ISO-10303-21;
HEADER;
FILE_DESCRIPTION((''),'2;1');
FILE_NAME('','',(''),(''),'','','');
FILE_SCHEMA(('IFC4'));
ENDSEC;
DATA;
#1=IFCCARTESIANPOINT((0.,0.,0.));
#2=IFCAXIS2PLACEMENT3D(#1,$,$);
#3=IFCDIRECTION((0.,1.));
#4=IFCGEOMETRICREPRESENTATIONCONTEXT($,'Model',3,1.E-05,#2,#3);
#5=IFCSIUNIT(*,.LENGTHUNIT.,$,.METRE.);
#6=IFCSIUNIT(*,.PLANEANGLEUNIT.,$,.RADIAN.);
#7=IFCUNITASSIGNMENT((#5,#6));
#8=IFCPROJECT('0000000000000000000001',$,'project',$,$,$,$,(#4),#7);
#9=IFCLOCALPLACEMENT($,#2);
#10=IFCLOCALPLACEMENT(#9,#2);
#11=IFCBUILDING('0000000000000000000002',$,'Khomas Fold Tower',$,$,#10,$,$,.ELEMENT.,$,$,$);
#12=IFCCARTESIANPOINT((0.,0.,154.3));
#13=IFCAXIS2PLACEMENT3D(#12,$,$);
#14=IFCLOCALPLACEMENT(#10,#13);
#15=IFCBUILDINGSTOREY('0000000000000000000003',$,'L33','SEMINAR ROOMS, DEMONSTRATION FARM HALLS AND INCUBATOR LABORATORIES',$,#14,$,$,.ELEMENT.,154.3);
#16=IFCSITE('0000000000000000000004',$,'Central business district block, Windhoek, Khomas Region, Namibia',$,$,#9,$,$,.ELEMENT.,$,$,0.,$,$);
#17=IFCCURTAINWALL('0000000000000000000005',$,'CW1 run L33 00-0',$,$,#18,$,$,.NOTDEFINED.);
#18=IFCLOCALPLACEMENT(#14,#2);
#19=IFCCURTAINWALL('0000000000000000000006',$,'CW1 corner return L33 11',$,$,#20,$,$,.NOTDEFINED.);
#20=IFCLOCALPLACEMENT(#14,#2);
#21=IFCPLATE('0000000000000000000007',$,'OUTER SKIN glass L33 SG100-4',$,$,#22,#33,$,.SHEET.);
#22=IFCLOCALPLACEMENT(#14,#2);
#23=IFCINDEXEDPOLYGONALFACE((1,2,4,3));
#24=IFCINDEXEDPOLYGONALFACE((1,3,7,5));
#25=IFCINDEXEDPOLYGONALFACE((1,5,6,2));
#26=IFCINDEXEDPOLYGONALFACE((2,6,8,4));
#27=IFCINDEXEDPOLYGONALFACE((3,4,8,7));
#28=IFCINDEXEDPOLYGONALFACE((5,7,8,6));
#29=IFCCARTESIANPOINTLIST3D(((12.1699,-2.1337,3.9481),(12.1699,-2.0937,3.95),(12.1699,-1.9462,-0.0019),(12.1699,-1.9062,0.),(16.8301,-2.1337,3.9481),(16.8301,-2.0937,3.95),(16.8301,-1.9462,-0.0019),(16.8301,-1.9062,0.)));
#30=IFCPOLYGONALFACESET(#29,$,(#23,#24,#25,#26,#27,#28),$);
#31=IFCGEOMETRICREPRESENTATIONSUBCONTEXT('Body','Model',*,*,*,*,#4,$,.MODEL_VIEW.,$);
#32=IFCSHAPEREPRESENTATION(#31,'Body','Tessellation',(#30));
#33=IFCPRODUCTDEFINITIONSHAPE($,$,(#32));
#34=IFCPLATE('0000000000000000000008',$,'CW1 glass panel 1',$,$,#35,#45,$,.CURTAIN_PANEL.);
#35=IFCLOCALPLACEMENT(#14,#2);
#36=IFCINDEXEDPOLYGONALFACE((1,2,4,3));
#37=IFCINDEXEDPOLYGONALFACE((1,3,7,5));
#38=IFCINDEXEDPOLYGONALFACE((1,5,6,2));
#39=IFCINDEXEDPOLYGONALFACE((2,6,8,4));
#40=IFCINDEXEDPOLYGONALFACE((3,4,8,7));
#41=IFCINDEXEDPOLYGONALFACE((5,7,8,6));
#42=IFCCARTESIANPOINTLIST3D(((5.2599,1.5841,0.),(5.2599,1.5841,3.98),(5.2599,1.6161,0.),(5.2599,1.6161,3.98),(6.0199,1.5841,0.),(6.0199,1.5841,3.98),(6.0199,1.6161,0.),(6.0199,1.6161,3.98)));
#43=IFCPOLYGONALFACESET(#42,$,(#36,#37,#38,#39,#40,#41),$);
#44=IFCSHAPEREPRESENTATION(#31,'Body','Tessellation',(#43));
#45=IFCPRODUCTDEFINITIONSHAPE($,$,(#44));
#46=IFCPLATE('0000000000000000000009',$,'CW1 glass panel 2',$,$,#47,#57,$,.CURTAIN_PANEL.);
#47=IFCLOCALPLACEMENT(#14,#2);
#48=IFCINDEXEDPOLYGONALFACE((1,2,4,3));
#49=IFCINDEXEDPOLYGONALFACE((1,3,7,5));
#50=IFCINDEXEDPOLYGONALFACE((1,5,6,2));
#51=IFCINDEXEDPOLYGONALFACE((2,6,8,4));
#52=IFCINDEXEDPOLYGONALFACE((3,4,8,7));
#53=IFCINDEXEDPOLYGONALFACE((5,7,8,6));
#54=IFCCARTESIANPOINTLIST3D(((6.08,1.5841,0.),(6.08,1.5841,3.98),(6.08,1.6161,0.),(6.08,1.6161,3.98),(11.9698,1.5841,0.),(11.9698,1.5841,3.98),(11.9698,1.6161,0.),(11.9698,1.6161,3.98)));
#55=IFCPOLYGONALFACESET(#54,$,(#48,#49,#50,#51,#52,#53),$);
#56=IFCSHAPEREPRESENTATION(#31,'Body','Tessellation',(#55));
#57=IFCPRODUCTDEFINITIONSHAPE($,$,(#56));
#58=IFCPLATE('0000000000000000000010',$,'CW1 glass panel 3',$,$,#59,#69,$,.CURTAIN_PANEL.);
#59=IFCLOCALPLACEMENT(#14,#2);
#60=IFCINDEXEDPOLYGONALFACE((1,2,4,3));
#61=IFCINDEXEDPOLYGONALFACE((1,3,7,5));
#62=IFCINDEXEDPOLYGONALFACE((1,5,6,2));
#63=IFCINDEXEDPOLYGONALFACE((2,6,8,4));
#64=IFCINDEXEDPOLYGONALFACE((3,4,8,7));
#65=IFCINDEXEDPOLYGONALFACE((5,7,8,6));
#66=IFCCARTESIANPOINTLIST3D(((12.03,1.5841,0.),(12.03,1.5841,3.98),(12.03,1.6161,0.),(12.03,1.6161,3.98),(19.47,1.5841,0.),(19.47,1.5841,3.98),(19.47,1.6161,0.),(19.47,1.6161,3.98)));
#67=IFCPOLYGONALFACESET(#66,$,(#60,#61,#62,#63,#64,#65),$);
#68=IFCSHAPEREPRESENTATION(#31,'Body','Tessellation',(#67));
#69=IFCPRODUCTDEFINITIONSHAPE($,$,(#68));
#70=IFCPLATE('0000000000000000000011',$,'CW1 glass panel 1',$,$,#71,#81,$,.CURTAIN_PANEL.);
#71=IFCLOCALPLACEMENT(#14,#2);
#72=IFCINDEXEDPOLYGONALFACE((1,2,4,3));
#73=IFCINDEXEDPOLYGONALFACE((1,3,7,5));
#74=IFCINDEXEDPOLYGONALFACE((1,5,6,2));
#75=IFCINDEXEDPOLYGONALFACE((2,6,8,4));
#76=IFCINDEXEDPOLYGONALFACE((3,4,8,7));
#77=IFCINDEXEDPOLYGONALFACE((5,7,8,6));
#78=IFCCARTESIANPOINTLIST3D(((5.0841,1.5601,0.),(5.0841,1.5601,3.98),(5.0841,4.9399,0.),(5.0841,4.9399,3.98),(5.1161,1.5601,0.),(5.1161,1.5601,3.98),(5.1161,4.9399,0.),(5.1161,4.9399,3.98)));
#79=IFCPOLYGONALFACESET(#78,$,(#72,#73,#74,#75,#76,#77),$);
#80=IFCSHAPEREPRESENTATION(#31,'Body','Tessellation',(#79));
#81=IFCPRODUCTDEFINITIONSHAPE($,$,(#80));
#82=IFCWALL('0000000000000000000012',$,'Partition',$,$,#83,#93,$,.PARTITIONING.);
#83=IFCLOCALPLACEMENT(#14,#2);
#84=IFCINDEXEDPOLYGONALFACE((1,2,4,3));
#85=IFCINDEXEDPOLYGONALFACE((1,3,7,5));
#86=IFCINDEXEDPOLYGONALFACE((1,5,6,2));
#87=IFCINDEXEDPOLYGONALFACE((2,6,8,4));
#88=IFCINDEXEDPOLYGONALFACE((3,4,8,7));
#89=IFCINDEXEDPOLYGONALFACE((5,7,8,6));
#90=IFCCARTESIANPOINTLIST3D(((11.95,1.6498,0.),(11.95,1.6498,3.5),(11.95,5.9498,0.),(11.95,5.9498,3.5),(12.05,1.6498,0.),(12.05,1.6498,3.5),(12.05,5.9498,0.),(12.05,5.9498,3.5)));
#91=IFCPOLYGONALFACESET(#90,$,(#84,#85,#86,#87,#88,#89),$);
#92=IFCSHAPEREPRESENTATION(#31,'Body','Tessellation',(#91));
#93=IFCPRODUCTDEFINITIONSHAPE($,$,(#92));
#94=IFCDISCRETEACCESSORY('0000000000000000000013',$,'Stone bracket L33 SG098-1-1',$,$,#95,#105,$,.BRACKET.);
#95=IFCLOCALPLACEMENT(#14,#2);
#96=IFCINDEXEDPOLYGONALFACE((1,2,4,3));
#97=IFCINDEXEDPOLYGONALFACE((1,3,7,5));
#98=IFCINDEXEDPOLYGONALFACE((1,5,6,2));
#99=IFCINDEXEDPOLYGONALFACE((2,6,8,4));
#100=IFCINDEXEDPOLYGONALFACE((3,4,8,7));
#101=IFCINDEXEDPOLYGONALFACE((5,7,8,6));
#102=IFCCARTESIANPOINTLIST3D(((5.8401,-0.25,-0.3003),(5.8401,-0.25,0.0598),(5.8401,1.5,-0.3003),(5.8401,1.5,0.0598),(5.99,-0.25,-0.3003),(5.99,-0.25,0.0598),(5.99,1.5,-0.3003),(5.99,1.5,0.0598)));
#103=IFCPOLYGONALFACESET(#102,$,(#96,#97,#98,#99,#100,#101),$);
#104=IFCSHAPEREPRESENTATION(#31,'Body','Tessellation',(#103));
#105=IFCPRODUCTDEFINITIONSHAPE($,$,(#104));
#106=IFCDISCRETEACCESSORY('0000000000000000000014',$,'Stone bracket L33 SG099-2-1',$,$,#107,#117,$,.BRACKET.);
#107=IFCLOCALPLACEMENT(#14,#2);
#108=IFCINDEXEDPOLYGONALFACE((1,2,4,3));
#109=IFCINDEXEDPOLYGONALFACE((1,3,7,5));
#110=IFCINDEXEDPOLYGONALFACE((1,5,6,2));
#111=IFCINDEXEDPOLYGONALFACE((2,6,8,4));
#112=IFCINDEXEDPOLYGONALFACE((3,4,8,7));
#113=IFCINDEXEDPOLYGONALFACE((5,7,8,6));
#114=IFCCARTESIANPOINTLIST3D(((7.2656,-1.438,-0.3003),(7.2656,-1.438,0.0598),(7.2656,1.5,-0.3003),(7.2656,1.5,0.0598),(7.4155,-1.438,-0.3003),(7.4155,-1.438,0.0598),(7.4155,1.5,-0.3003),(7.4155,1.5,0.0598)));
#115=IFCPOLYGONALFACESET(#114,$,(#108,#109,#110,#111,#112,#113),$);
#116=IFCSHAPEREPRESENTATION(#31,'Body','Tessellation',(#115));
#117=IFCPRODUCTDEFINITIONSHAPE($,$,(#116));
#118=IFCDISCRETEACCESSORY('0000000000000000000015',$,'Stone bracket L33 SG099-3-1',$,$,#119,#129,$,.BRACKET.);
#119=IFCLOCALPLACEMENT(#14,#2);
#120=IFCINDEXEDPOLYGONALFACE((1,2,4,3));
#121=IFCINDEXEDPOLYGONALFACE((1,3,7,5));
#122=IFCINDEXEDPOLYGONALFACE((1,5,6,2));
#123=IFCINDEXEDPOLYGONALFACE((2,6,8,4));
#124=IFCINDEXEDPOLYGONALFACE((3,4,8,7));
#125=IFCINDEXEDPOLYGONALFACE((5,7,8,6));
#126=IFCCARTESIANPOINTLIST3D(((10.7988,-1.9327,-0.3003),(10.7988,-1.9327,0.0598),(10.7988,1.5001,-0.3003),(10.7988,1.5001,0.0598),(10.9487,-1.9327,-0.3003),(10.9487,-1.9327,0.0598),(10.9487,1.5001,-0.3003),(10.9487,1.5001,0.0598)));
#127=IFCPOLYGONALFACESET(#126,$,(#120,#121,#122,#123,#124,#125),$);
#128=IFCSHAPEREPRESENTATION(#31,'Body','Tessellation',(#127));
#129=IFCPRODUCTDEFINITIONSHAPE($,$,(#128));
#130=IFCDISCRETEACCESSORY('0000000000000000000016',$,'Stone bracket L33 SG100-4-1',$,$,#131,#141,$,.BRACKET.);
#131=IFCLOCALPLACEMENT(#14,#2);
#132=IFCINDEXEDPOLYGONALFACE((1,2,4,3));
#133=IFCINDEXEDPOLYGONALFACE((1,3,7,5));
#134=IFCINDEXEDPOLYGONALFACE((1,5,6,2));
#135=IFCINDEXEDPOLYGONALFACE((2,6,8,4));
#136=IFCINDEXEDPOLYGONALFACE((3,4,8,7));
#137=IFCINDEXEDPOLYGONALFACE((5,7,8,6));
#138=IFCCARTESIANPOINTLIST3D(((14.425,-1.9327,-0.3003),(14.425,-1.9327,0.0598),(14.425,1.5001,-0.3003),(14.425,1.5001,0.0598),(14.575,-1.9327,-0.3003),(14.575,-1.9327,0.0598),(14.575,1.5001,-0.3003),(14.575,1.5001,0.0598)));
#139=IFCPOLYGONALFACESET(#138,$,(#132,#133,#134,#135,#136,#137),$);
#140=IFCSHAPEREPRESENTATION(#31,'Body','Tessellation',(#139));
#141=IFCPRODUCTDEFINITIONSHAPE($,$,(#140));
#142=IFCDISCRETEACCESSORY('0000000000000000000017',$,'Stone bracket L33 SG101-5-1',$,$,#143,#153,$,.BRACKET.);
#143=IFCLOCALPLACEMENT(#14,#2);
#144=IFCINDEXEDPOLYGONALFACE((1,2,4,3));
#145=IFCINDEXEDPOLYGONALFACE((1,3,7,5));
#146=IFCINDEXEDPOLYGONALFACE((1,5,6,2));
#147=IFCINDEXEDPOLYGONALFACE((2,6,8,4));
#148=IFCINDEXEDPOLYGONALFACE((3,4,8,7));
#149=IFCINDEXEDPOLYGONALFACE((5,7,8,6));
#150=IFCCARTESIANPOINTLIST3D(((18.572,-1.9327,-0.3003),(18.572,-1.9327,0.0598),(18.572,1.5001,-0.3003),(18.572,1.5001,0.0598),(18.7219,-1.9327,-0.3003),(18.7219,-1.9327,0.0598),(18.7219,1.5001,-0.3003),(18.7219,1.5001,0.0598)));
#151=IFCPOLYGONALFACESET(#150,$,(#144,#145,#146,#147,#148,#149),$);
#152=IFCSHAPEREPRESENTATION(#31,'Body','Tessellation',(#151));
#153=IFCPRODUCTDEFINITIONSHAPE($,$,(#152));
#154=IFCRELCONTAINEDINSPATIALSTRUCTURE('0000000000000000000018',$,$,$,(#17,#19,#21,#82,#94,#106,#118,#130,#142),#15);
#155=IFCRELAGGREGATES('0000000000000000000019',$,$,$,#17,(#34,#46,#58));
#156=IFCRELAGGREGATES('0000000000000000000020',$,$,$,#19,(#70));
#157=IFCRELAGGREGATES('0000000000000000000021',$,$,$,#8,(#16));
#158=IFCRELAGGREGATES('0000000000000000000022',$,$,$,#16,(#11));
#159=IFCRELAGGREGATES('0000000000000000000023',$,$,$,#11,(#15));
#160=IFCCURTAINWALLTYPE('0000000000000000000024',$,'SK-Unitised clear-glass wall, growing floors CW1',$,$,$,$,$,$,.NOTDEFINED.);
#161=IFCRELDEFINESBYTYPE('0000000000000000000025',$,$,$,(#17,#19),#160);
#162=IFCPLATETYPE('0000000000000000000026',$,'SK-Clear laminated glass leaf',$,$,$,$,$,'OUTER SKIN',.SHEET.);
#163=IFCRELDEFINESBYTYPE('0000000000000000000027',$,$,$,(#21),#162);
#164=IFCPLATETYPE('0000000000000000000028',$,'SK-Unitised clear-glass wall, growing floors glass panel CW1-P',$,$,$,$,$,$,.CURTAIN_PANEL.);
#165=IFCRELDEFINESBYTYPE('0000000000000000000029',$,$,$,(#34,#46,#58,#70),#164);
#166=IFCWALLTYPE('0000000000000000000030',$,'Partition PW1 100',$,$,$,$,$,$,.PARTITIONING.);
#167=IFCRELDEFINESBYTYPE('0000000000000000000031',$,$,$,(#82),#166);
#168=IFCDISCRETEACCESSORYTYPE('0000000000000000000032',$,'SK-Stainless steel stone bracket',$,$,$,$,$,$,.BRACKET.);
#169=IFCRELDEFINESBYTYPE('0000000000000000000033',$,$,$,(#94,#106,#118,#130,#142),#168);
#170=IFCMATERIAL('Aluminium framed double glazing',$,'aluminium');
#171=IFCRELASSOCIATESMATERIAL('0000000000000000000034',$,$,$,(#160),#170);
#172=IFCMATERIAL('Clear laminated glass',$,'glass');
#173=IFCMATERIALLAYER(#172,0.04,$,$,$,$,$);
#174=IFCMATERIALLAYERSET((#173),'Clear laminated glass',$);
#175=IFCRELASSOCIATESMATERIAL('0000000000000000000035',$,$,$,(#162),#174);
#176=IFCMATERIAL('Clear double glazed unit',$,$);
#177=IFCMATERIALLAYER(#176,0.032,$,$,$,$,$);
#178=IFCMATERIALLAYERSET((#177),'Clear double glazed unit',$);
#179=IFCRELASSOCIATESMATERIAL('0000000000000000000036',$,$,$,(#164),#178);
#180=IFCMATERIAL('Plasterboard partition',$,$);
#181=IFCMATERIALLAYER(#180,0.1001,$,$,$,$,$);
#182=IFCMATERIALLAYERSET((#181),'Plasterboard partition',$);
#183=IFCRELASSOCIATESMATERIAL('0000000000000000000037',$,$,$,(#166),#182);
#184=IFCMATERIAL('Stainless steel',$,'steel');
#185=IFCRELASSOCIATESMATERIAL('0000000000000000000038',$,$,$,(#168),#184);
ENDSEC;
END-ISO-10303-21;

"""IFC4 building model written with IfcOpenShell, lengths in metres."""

from ifc_helpers import new_model, si_unit, direction, frame, frame_2d, origin, origin_2d, place, context, subcontext, project, spatial, polyline, rectangle, outline, extrude, source, transform, mapped, material, layer, layer_set, type_object, element, aggregate, save


model = new_model("IFC4")

# Units and contexts
model_context = context("Model", 3, precision=1e-05, world=origin(), true_north=direction((0.0, 1.0)))
body_context = subcontext(model_context, "Body", "Model", "MODEL_VIEW")
ifc_project = project(units=[si_unit("LENGTHUNIT", "METRE"), si_unit("PLANEANGLEUNIT", "RADIAN")], contexts=[model_context])

# Site, building, storey
site_placement = place(None, origin())
site = spatial("IfcSite", under=ifc_project, at=site_placement, Name="Central business district block, Windhoek, Khomas Region, Namibia", CompositionType="ELEMENT", RefElevation=0.0)
building_placement = place(site_placement, origin())
building = spatial("IfcBuilding", under=site, at=building_placement, Name="Khomas Fold Tower", CompositionType="ELEMENT")
storey_placement = place(building_placement, frame((0.0, 0.0, 154.3)))
storey = spatial("IfcBuildingStorey", under=building, at=storey_placement, Name="L33", Description="SEMINAR ROOMS, DEMONSTRATION FARM HALLS AND INCUBATOR LABORATORIES", CompositionType="ELEMENT", Elevation=154.3)

# Curtain wall
ifc_material_1 = material(Name="Aluminium framed double glazing", Category="aluminium")
curtain_wall_type = type_object("IfcCurtainWallType", Name="SK-Unitised clear-glass wall, growing floors CW1", PredefinedType="NOTDEFINED", material=ifc_material_1)
curtain_wall_1_placement = place(storey_placement, origin())
curtain_wall_1 = element("IfcCurtainWall", 1, at=curtain_wall_1_placement, inside=storey, type_object=curtain_wall_type, Name="CW1 run L33 00-0", PredefinedType="NOTDEFINED")

# Curtain wall
curtain_wall_2_placement = place(storey_placement, origin())
curtain_wall_2 = element("IfcCurtainWall", 2, at=curtain_wall_2_placement, inside=storey, type_object=curtain_wall_type, Name="CW1 corner return L33 11", PredefinedType="NOTDEFINED")

# Plate
ifc_material_2 = material(Name="Clear laminated glass", Category="glass")
ifc_layer_1 = layer(ifc_material_2, 0.04)
ifc_layer_set_1 = layer_set([ifc_layer_1], Name="Clear laminated glass")
plate_type_1 = type_object("IfcPlateType", Name="SK-Clear laminated glass leaf", ElementType="OUTER SKIN", PredefinedType="SHEET", material=ifc_layer_set_1)
plate_1_placement = place(storey_placement, frame((12.1699, -1.9062, 0.0), z_axis=(0.0, 0.998875, 0.047416), x_axis=(0.0, -0.047416, 0.998875)))
element("IfcPlate", 3, at=plate_1_placement, inside=storey, type_object=plate_type_1, Name="OUTER SKIN glass L33 SG100-4", PredefinedType="SHEET", context=body_context, shape_type="SweptSolid", body=[
    extrude(outline(polyline([(0.0, 0.0), (3.9544, 0.0), (3.9544, 4.6602), (0.0, 4.6602), (0.0, 0.0)])), origin(), (0.0, 0.0, -1.0), 0.04),
])

# Plates
ifc_material_3 = material(Name="Clear double glazed unit")
ifc_layer_2 = layer(ifc_material_3, 0.032)
ifc_layer_set_2 = layer_set([ifc_layer_2], Name="Clear double glazed unit")
plate_type_2 = type_object("IfcPlateType", Name="SK-Unitised clear-glass wall, growing floors glass panel CW1-P", PredefinedType="CURTAIN_PANEL", material=ifc_layer_set_2)
shared_shape_1 = source(origin(), body_context, "Body", "SweptSolid", [
    extrude(rectangle(XDim=0.76, YDim=0.032, at=origin_2d()), origin(), (0.0, 0.0, 1.0), 3.98),
])
plate_2_placement = place(storey_placement, frame((5.6399, 1.6001, 0.0), z_axis=(0.0, 0.0, 1.0), x_axis=(1.0, 0.0, 0.0)))
plate_2 = element("IfcPlate", 4, at=plate_2_placement, type_object=plate_type_2, Name="CW1 glass panel 1", PredefinedType="CURTAIN_PANEL", context=body_context, shape_type="MappedRepresentation", body=[
    mapped(shared_shape_1, transform((0.0, 0.0, 0.0))),
])
shared_shape_2 = source(origin(), body_context, "Body", "SweptSolid", [
    extrude(rectangle(XDim=5.8899, YDim=0.032, at=origin_2d()), origin(), (0.0, 0.0, 1.0), 3.98),
])
plate_3_placement = place(storey_placement, frame((9.0249, 1.6001, 0.0), z_axis=(0.0, 0.0, 1.0), x_axis=(1.0, 0.0, 0.0)))
plate_3 = element("IfcPlate", 5, at=plate_3_placement, type_object=plate_type_2, Name="CW1 glass panel 2", PredefinedType="CURTAIN_PANEL", context=body_context, shape_type="MappedRepresentation", body=[
    mapped(shared_shape_2, transform((0.0, 0.0, 0.0))),
])
shared_shape_3 = source(origin(), body_context, "Body", "SweptSolid", [
    extrude(rectangle(XDim=7.4399, YDim=0.032, at=origin_2d()), origin(), (0.0, 0.0, 1.0), 3.98),
])
plate_4_placement = place(storey_placement, frame((15.75, 1.6001, 0.0), z_axis=(0.0, 0.0, 1.0), x_axis=(1.0, 0.0, 0.0)))
plate_4 = element("IfcPlate", 6, at=plate_4_placement, type_object=plate_type_2, Name="CW1 glass panel 3", PredefinedType="CURTAIN_PANEL", context=body_context, shape_type="MappedRepresentation", body=[
    mapped(shared_shape_3, transform((0.0, 0.0, 0.0))),
])
aggregate(curtain_wall_1, [plate_2, plate_3, plate_4])
shared_shape_4 = source(origin(), body_context, "Body", "SweptSolid", [
    extrude(rectangle(XDim=3.3799, YDim=0.032, at=origin_2d()), origin(), (0.0, 0.0, 1.0), 3.98),
])
plate_5_placement = place(storey_placement, frame((5.1001, 3.25, 0.0), z_axis=(0.0, 0.0, 1.0), x_axis=(0.0, -1.0, 0.0)))
plate_5 = element("IfcPlate", 7, at=plate_5_placement, type_object=plate_type_2, Name="CW1 glass panel 1", PredefinedType="CURTAIN_PANEL", context=body_context, shape_type="MappedRepresentation", body=[
    mapped(shared_shape_4, transform((0.0, 0.0, 0.0))),
])
aggregate(curtain_wall_2, [plate_5])

# Wall
ifc_material_4 = material(Name="Plasterboard partition")
ifc_layer_3 = layer(ifc_material_4, 0.1001)
ifc_layer_set_3 = layer_set([ifc_layer_3], Name="Plasterboard partition")
wall_type = type_object("IfcWallType", Name="Partition PW1 100", PredefinedType="PARTITIONING", material=ifc_layer_set_3)
shared_shape_5 = source(origin(), body_context, "Body", "SweptSolid", [
    extrude(rectangle(XDim=4.3, YDim=0.1001, at=frame_2d((2.1499, 0.0))), origin(), (0.0, 0.0, 1.0), 3.5),
])
wall_placement = place(storey_placement, frame((12.0, 1.6499, 0.0), z_axis=(0.0, 0.0, 1.0), x_axis=(0.0, 1.0, 0.0)))
element("IfcWall", 8, at=wall_placement, inside=storey, type_object=wall_type, Name="Partition", PredefinedType="PARTITIONING", context=body_context, shape_type="MappedRepresentation", body=[
    mapped(shared_shape_5, transform((0.0, 0.0, 0.0))),
])

# Discrete accessories
ifc_material_5 = material(Name="Stainless steel", Category="steel")
discrete_accessory_type = type_object("IfcDiscreteAccessoryType", Name="SK-Stainless steel stone bracket", PredefinedType="BRACKET", material=ifc_material_5)
shared_shape_6 = source(origin(), body_context, "Body", "SweptSolid", [
    extrude(rectangle(XDim=1.75, YDim=0.1499, at=origin_2d()), origin(), (0.0, 0.0, 1.0), 0.3601),
])
discrete_accessory_1_placement = place(storey_placement, frame((5.915, 0.625, -0.3003), z_axis=(0.0, 0.0, 1.0), x_axis=(0.0, -1.0, 0.0)))
element("IfcDiscreteAccessory", 9, at=discrete_accessory_1_placement, inside=storey, type_object=discrete_accessory_type, Name="Stone bracket L33 SG098-1-1", PredefinedType="BRACKET", context=body_context, shape_type="MappedRepresentation", body=[
    mapped(shared_shape_6, transform((0.0, 0.0, 0.0))),
])
shared_shape_7 = source(origin(), body_context, "Body", "SweptSolid", [
    extrude(rectangle(XDim=2.938, YDim=0.1499, at=origin_2d()), origin(), (0.0, 0.0, 1.0), 0.3601),
])
discrete_accessory_2_placement = place(storey_placement, frame((7.3406, 0.031, -0.3003), z_axis=(0.0, 0.0, 1.0), x_axis=(0.0, -1.0, 0.0)))
element("IfcDiscreteAccessory", 10, at=discrete_accessory_2_placement, inside=storey, type_object=discrete_accessory_type, Name="Stone bracket L33 SG099-2-1", PredefinedType="BRACKET", context=body_context, shape_type="MappedRepresentation", body=[
    mapped(shared_shape_7, transform((0.0, 0.0, 0.0))),
])
shared_shape_8 = source(origin(), body_context, "Body", "SweptSolid", [
    extrude(rectangle(XDim=3.4329, YDim=0.1499, at=origin_2d()), origin(), (0.0, 0.0, 1.0), 0.3601),
])
for number, where, z_axis, x_axis, name in (
    (11, (10.8738, -0.2163, -0.3003), (0.0, 0.0, 1.0), (0.0, -1.0, 0.0), "Stone bracket L33 SG099-3-1"),
    (12, (14.5, -0.2163, -0.3003), (0.0, 0.0, 1.0), (0.0, -1.0, 0.0), "Stone bracket L33 SG100-4-1"),
    (13, (18.647, -0.2163, -0.3003), (0.0, 0.0, 1.0), (0.0, -1.0, 0.0), "Stone bracket L33 SG101-5-1"),
):
    element("IfcDiscreteAccessory", number, at=place(storey_placement, frame(where, z_axis=z_axis, x_axis=x_axis)), inside=storey, type_object=discrete_accessory_type, Name=name, PredefinedType="BRACKET", context=body_context, shape_type="MappedRepresentation", body=[
        mapped(shared_shape_8, transform((0.0, 0.0, 0.0))),
    ])

save(model, "model.ifc")
